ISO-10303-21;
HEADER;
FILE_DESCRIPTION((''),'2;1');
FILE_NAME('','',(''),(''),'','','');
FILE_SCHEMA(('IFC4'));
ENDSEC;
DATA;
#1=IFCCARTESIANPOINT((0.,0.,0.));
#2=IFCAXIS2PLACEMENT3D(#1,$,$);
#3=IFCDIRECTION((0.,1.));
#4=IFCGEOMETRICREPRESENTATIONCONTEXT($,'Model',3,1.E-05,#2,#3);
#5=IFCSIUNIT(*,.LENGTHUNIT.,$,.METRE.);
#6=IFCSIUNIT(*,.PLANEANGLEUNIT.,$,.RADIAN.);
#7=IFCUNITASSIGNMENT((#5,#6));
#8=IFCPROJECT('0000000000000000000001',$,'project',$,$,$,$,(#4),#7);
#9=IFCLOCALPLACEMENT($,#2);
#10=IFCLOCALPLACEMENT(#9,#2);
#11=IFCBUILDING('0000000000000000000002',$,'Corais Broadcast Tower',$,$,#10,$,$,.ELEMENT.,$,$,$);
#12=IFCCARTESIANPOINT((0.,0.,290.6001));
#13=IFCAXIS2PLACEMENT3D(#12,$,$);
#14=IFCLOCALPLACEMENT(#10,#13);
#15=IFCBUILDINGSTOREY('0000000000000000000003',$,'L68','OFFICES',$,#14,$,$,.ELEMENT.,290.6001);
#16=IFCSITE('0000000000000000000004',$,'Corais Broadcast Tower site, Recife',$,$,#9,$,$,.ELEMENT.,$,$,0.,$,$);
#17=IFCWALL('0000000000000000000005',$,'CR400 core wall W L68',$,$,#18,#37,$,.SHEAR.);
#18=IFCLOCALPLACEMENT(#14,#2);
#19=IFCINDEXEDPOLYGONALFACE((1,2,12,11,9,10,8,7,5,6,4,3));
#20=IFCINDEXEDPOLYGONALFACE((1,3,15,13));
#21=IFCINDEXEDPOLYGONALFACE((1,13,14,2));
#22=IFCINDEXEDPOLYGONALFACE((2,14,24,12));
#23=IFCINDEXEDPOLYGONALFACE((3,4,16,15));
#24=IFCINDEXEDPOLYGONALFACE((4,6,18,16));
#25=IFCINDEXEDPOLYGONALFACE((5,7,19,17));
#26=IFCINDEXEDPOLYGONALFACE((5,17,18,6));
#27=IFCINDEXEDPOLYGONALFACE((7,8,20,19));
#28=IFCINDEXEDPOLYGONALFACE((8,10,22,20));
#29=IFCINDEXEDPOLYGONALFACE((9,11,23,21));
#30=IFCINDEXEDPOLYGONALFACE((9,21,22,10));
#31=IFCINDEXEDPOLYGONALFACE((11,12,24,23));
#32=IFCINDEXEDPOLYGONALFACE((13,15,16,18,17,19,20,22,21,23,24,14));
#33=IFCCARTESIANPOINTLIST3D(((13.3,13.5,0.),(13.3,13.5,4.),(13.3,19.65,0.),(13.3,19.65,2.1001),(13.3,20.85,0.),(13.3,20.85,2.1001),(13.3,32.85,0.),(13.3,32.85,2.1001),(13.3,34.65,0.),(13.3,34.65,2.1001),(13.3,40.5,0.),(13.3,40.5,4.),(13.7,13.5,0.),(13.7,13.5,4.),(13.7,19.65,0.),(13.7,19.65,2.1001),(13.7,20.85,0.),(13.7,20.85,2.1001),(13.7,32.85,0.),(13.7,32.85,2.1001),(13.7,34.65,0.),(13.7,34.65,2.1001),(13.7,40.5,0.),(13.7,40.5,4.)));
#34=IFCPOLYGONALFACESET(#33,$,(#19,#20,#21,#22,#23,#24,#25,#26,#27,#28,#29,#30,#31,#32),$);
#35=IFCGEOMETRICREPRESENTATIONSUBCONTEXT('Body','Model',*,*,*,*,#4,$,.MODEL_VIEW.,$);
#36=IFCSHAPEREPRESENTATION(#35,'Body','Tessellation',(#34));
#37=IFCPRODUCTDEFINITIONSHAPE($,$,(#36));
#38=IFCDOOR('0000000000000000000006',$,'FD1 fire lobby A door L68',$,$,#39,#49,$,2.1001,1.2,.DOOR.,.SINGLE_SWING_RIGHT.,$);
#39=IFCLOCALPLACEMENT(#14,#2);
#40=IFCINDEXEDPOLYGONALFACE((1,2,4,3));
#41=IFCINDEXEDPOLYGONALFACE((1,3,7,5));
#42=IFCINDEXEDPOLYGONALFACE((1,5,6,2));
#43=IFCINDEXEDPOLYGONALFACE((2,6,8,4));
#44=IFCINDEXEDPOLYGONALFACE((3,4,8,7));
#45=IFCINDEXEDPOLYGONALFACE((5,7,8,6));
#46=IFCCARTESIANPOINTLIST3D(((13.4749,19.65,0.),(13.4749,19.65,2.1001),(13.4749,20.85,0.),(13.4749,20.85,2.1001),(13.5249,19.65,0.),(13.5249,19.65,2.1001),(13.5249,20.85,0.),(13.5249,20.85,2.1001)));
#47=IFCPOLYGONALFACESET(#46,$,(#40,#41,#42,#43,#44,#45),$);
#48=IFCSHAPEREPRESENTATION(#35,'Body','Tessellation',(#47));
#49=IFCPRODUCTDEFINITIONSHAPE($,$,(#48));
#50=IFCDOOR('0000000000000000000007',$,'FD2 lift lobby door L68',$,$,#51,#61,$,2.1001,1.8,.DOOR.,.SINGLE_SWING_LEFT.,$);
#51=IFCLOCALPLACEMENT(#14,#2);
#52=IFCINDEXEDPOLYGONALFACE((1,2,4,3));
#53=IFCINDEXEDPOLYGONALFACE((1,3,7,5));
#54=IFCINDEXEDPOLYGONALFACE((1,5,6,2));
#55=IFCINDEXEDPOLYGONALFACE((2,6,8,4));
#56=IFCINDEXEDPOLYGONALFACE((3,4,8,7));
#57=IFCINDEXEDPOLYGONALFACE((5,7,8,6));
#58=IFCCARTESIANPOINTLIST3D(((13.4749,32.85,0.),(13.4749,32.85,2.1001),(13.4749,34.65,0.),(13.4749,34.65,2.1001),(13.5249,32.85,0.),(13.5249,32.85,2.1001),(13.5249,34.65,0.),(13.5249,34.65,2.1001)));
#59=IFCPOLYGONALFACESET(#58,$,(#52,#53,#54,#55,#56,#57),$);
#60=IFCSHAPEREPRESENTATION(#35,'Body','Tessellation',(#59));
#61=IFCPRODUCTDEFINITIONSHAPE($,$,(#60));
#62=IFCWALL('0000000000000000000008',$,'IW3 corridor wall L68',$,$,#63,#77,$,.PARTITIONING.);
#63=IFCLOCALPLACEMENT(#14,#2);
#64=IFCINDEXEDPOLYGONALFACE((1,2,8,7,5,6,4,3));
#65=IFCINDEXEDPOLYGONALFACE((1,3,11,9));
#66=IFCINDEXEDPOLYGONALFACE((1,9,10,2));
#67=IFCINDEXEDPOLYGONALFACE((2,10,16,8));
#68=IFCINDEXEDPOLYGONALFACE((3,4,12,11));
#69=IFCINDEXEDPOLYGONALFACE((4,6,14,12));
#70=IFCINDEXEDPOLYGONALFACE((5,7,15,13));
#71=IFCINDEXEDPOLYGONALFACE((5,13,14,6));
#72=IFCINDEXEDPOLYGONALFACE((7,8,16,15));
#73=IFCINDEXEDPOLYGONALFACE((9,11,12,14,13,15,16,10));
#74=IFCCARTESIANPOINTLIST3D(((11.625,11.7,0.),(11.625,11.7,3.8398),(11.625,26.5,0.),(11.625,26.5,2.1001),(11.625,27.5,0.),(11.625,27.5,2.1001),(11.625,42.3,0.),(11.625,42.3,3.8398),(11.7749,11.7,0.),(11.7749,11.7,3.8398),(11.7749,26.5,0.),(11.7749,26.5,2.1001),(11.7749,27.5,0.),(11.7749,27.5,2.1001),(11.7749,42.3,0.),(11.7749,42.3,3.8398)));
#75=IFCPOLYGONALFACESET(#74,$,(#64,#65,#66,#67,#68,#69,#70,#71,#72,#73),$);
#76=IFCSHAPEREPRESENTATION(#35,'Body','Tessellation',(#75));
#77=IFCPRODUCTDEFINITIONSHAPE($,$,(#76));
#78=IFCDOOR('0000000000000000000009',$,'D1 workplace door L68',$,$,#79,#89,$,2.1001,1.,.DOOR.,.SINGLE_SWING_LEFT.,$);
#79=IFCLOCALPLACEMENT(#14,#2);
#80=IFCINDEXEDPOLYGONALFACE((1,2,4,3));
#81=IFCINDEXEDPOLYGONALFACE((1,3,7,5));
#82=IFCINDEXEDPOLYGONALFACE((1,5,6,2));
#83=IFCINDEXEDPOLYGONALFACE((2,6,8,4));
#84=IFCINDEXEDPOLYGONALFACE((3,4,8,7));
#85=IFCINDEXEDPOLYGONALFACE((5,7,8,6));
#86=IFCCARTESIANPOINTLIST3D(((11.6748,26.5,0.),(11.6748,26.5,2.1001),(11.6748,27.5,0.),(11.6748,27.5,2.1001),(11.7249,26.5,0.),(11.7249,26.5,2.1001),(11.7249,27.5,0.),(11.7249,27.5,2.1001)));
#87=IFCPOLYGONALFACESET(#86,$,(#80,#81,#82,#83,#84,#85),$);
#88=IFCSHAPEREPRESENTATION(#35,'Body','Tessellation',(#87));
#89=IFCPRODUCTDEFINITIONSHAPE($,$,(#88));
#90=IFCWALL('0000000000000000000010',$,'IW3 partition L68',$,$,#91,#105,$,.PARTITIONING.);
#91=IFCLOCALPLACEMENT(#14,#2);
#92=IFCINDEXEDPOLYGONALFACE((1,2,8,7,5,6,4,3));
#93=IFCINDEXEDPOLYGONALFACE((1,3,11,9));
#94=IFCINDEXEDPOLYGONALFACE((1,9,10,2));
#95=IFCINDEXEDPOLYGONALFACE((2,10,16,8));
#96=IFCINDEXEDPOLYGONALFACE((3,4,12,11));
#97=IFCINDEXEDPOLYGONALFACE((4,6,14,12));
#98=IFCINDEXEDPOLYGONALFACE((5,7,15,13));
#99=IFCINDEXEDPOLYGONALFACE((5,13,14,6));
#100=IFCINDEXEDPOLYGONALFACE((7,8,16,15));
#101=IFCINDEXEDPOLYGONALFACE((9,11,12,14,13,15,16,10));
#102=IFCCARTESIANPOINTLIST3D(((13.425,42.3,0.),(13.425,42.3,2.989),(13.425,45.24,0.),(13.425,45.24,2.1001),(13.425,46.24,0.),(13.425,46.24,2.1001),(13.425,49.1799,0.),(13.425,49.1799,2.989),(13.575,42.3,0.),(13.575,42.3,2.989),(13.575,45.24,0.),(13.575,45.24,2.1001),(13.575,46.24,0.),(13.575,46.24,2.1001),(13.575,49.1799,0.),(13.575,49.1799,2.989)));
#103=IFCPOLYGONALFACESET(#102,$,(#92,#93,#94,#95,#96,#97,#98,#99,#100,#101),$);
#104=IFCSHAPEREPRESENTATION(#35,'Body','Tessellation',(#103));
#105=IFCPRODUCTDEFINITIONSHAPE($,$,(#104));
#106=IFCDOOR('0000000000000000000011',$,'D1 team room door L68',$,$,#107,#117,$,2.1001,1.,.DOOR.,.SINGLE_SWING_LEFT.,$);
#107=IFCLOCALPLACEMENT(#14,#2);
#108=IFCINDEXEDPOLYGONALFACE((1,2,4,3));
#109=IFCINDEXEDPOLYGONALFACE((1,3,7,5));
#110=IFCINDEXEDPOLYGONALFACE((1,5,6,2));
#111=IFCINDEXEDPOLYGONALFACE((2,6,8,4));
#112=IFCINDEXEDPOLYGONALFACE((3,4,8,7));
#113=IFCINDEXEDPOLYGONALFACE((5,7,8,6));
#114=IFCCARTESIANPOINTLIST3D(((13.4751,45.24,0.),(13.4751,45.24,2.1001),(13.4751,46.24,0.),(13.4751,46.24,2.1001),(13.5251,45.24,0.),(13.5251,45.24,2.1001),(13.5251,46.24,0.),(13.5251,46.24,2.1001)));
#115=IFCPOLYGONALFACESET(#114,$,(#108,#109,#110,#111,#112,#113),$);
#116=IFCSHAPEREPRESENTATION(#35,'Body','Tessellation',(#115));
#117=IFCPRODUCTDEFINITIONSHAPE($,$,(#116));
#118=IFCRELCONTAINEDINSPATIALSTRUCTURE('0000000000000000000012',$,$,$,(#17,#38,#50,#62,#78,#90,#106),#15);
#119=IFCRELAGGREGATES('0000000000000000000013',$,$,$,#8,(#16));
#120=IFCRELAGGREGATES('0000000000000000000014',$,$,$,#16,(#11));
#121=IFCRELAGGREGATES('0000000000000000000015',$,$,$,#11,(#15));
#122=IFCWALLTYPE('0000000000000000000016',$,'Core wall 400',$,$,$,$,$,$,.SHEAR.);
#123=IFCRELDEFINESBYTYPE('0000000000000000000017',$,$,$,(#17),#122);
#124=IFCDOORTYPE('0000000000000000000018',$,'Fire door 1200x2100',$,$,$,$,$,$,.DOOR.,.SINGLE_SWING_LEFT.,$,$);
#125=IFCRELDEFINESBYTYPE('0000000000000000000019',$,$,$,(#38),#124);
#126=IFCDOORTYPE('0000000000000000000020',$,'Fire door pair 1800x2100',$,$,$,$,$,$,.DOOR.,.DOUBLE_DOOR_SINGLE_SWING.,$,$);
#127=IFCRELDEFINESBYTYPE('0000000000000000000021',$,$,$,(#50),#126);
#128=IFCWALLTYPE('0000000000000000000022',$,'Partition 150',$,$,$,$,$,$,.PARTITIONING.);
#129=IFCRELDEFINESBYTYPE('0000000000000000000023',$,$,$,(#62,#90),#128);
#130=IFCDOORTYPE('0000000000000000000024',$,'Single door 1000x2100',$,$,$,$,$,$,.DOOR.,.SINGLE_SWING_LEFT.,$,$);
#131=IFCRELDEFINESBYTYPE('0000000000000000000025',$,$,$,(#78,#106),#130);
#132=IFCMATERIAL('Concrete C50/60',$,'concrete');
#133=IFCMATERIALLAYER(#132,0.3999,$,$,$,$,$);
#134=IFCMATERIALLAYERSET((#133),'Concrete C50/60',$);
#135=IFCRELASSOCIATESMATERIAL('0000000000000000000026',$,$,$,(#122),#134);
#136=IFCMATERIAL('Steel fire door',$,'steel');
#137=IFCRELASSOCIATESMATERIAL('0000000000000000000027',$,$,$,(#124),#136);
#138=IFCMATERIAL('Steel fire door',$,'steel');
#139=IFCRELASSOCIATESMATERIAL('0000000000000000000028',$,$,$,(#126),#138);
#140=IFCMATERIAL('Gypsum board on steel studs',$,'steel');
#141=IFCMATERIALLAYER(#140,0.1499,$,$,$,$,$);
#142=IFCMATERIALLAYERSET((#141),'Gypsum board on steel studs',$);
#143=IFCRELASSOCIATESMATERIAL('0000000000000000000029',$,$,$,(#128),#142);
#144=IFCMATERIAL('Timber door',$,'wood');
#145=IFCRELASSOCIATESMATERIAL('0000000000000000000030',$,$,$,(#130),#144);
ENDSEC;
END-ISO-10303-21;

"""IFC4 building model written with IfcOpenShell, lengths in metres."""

from ifc_helpers import new_model, si_unit, direction, frame, frame_2d, origin, place, context, subcontext, project, spatial, rectangle, extrude, material, layer, layer_set, type_object, element, fill, save


model = new_model("IFC4")

# Units and contexts
model_context = context("Model", 3, precision=1e-05, world=origin(), true_north=direction((0.0, 1.0)))
body_context = subcontext(model_context, "Body", "Model", "MODEL_VIEW")
ifc_project = project(units=[si_unit("LENGTHUNIT", "METRE"), si_unit("PLANEANGLEUNIT", "RADIAN")], contexts=[model_context])

# Site, building, storey
site_placement = place(None, origin())
site = spatial("IfcSite", under=ifc_project, at=site_placement, Name="Corais Broadcast Tower site, Recife", CompositionType="ELEMENT", RefElevation=0.0)
building_placement = place(site_placement, origin())
building = spatial("IfcBuilding", under=site, at=building_placement, Name="Corais Broadcast Tower", CompositionType="ELEMENT")
storey_placement = place(building_placement, frame((0.0, 0.0, 290.6001)))
storey = spatial("IfcBuildingStorey", under=building, at=storey_placement, Name="L68", Description="OFFICES", CompositionType="ELEMENT", Elevation=290.6001)

# Wall, openings, doors
ifc_material_1 = material(Name="Concrete C50/60", Category="concrete")
ifc_layer_1 = layer(ifc_material_1, 0.3999)
ifc_layer_set_1 = layer_set([ifc_layer_1], Name="Concrete C50/60")
wall_type_1 = type_object("IfcWallType", Name="Core wall 400", PredefinedType="SHEAR", material=ifc_layer_set_1)
wall_1_placement = place(storey_placement, frame((13.5, 40.5, 0.0), z_axis=(0.0, 0.0, 1.0), x_axis=(0.0, -1.0, 0.0)))
wall_1 = element("IfcWall", 1, at=wall_1_placement, inside=storey, type_object=wall_type_1, Name="CR400 core wall W L68", PredefinedType="SHEAR", context=body_context, shape_type="SweptSolid", body=[
    extrude(rectangle(XDim=27.0, YDim=0.3999, at=frame_2d((13.5, 0.0))), origin(), (0.0, 0.0, 1.0), 4.0),
])
opening_1_placement = place(wall_1_placement, frame((19.6499, 0.0, 0.0)))
opening_1 = element("IfcOpeningElement", 2, at=opening_1_placement, cuts=wall_1, PredefinedType="OPENING", context=body_context, shape_type="SweptSolid", body=[
    extrude(rectangle(XDim=1.2, YDim=2.1001, at=frame_2d((0.6001, 1.05))), frame((0.0, 0.21, 0.0), z_axis=(0.0, -1.0, 0.0), x_axis=(1.0, 0.0, 0.0)), (0.0, 0.0, 1.0), 0.4199),
])
opening_2_placement = place(wall_1_placement, frame((5.8501, 0.0, 0.0)))
opening_2 = element("IfcOpeningElement", 3, at=opening_2_placement, cuts=wall_1, PredefinedType="OPENING", context=body_context, shape_type="SweptSolid", body=[
    extrude(rectangle(XDim=1.8, YDim=2.1001, at=frame_2d((0.8999, 1.05))), frame((0.0, 0.21, 0.0), z_axis=(0.0, -1.0, 0.0), x_axis=(1.0, 0.0, 0.0)), (0.0, 0.0, 1.0), 0.4199),
])
ifc_material_2 = material(Name="Steel fire door", Category="steel")
door_type_1 = type_object("IfcDoorType", Name="Fire door 1200x2100", OperationType="SINGLE_SWING_LEFT", PredefinedType="DOOR", material=ifc_material_2)
door_1_placement = place(opening_1_placement, origin())
door_1 = element("IfcDoor", 4, at=door_1_placement, inside=storey, type_object=door_type_1, Name="FD1 fire lobby A door L68", OperationType="SINGLE_SWING_RIGHT", OverallHeight=2.1001, OverallWidth=1.2, PredefinedType="DOOR", context=body_context, shape_type="SweptSolid", body=[
    extrude(rectangle(XDim=1.2, YDim=2.1001, at=frame_2d((0.6001, 1.05))), frame((0.0, 0.0249, 0.0), z_axis=(0.0, -1.0, 0.0), x_axis=(1.0, 0.0, 0.0)), (0.0, 0.0, 1.0), 0.05),
])
fill(opening_1, door_1)
ifc_material_3 = material(Name="Steel fire door", Category="steel")
door_type_2 = type_object("IfcDoorType", Name="Fire door pair 1800x2100", OperationType="DOUBLE_DOOR_SINGLE_SWING", PredefinedType="DOOR", material=ifc_material_3)
door_2_placement = place(opening_2_placement, origin())
door_2 = element("IfcDoor", 5, at=door_2_placement, inside=storey, type_object=door_type_2, Name="FD2 lift lobby door L68", OperationType="SINGLE_SWING_LEFT", OverallHeight=2.1001, OverallWidth=1.8, PredefinedType="DOOR", context=body_context, shape_type="SweptSolid", body=[
    extrude(rectangle(XDim=1.8, YDim=2.1001, at=frame_2d((0.8999, 1.05))), frame((0.0, 0.0249, 0.0), z_axis=(0.0, -1.0, 0.0), x_axis=(1.0, 0.0, 0.0)), (0.0, 0.0, 1.0), 0.05),
])
fill(opening_2, door_2)

# Walls, openings, doors
ifc_material_4 = material(Name="Gypsum board on steel studs", Category="steel")
ifc_layer_2 = layer(ifc_material_4, 0.1499)
ifc_layer_set_2 = layer_set([ifc_layer_2], Name="Gypsum board on steel studs")
wall_type_2 = type_object("IfcWallType", Name="Partition 150", PredefinedType="PARTITIONING", material=ifc_layer_set_2)
wall_2_placement = place(storey_placement, frame((11.7, 42.3, 0.0), z_axis=(0.0, 0.0, 1.0), x_axis=(0.0, -1.0, 0.0)))
wall_2 = element("IfcWall", 6, at=wall_2_placement, inside=storey, type_object=wall_type_2, Name="IW3 corridor wall L68", PredefinedType="PARTITIONING", context=body_context, shape_type="SweptSolid", body=[
    extrude(rectangle(XDim=30.6001, YDim=0.1499, at=frame_2d((15.3, 0.0))), origin(), (0.0, 0.0, 1.0), 3.8398),
])
opening_3_placement = place(wall_2_placement, frame((14.8, 0.0, 0.0)))
opening_3 = element("IfcOpeningElement", 7, at=opening_3_placement, cuts=wall_2, PredefinedType="OPENING", context=body_context, shape_type="SweptSolid", body=[
    extrude(rectangle(XDim=1.0, YDim=2.1001, at=frame_2d((0.5, 1.05))), frame((0.0, 0.085, 0.0), z_axis=(0.0, -1.0, 0.0), x_axis=(1.0, 0.0, 0.0)), (0.0, 0.0, 1.0), 0.1699),
])
ifc_material_5 = material(Name="Timber door", Category="wood")
door_type_3 = type_object("IfcDoorType", Name="Single door 1000x2100", OperationType="SINGLE_SWING_LEFT", PredefinedType="DOOR", material=ifc_material_5)
door_3_placement = place(opening_3_placement, origin())
door_3 = element("IfcDoor", 8, at=door_3_placement, inside=storey, type_object=door_type_3, Name="D1 workplace door L68", OperationType="SINGLE_SWING_LEFT", OverallHeight=2.1001, OverallWidth=1.0, PredefinedType="DOOR", context=body_context, shape_type="SweptSolid", body=[
    extrude(rectangle(XDim=1.0, YDim=2.1001, at=frame_2d((0.5, 1.05))), frame((0.0, 0.0249, 0.0), z_axis=(0.0, -1.0, 0.0), x_axis=(1.0, 0.0, 0.0)), (0.0, 0.0, 1.0), 0.05),
])
fill(opening_3, door_3)
wall_3_placement = place(storey_placement, frame((13.5, 42.3, 0.0), z_axis=(0.0, 0.0, 1.0), x_axis=(0.0, 1.0, 0.0)))
wall_3 = element("IfcWall", 9, at=wall_3_placement, inside=storey, type_object=wall_type_2, Name="IW3 partition L68", PredefinedType="PARTITIONING", context=body_context, shape_type="SweptSolid", body=[
    extrude(rectangle(XDim=6.8799, YDim=0.1499, at=frame_2d((3.4399, 0.0))), origin(), (0.0, 0.0, 1.0), 2.989),
])
opening_4_placement = place(wall_3_placement, frame((2.9399, 0.0, 0.0)))
opening_4 = element("IfcOpeningElement", 10, at=opening_4_placement, cuts=wall_3, PredefinedType="OPENING", context=body_context, shape_type="SweptSolid", body=[
    extrude(rectangle(XDim=1.0, YDim=2.1001, at=frame_2d((0.5, 1.05))), frame((0.0, 0.085, 0.0), z_axis=(0.0, -1.0, 0.0), x_axis=(1.0, 0.0, 0.0)), (0.0, 0.0, 1.0), 0.1699),
])
door_4_placement = place(opening_4_placement, origin())
door_4 = element("IfcDoor", 11, at=door_4_placement, inside=storey, type_object=door_type_3, Name="D1 team room door L68", OperationType="SINGLE_SWING_LEFT", OverallHeight=2.1001, OverallWidth=1.0, PredefinedType="DOOR", context=body_context, shape_type="SweptSolid", body=[
    extrude(rectangle(XDim=1.0, YDim=2.1001, at=frame_2d((0.5, 1.05))), frame((0.0, 0.0249, 0.0), z_axis=(0.0, -1.0, 0.0), x_axis=(1.0, 0.0, 0.0)), (0.0, 0.0, 1.0), 0.05),
])
fill(opening_4, door_4)

save(model, "model.ifc")
